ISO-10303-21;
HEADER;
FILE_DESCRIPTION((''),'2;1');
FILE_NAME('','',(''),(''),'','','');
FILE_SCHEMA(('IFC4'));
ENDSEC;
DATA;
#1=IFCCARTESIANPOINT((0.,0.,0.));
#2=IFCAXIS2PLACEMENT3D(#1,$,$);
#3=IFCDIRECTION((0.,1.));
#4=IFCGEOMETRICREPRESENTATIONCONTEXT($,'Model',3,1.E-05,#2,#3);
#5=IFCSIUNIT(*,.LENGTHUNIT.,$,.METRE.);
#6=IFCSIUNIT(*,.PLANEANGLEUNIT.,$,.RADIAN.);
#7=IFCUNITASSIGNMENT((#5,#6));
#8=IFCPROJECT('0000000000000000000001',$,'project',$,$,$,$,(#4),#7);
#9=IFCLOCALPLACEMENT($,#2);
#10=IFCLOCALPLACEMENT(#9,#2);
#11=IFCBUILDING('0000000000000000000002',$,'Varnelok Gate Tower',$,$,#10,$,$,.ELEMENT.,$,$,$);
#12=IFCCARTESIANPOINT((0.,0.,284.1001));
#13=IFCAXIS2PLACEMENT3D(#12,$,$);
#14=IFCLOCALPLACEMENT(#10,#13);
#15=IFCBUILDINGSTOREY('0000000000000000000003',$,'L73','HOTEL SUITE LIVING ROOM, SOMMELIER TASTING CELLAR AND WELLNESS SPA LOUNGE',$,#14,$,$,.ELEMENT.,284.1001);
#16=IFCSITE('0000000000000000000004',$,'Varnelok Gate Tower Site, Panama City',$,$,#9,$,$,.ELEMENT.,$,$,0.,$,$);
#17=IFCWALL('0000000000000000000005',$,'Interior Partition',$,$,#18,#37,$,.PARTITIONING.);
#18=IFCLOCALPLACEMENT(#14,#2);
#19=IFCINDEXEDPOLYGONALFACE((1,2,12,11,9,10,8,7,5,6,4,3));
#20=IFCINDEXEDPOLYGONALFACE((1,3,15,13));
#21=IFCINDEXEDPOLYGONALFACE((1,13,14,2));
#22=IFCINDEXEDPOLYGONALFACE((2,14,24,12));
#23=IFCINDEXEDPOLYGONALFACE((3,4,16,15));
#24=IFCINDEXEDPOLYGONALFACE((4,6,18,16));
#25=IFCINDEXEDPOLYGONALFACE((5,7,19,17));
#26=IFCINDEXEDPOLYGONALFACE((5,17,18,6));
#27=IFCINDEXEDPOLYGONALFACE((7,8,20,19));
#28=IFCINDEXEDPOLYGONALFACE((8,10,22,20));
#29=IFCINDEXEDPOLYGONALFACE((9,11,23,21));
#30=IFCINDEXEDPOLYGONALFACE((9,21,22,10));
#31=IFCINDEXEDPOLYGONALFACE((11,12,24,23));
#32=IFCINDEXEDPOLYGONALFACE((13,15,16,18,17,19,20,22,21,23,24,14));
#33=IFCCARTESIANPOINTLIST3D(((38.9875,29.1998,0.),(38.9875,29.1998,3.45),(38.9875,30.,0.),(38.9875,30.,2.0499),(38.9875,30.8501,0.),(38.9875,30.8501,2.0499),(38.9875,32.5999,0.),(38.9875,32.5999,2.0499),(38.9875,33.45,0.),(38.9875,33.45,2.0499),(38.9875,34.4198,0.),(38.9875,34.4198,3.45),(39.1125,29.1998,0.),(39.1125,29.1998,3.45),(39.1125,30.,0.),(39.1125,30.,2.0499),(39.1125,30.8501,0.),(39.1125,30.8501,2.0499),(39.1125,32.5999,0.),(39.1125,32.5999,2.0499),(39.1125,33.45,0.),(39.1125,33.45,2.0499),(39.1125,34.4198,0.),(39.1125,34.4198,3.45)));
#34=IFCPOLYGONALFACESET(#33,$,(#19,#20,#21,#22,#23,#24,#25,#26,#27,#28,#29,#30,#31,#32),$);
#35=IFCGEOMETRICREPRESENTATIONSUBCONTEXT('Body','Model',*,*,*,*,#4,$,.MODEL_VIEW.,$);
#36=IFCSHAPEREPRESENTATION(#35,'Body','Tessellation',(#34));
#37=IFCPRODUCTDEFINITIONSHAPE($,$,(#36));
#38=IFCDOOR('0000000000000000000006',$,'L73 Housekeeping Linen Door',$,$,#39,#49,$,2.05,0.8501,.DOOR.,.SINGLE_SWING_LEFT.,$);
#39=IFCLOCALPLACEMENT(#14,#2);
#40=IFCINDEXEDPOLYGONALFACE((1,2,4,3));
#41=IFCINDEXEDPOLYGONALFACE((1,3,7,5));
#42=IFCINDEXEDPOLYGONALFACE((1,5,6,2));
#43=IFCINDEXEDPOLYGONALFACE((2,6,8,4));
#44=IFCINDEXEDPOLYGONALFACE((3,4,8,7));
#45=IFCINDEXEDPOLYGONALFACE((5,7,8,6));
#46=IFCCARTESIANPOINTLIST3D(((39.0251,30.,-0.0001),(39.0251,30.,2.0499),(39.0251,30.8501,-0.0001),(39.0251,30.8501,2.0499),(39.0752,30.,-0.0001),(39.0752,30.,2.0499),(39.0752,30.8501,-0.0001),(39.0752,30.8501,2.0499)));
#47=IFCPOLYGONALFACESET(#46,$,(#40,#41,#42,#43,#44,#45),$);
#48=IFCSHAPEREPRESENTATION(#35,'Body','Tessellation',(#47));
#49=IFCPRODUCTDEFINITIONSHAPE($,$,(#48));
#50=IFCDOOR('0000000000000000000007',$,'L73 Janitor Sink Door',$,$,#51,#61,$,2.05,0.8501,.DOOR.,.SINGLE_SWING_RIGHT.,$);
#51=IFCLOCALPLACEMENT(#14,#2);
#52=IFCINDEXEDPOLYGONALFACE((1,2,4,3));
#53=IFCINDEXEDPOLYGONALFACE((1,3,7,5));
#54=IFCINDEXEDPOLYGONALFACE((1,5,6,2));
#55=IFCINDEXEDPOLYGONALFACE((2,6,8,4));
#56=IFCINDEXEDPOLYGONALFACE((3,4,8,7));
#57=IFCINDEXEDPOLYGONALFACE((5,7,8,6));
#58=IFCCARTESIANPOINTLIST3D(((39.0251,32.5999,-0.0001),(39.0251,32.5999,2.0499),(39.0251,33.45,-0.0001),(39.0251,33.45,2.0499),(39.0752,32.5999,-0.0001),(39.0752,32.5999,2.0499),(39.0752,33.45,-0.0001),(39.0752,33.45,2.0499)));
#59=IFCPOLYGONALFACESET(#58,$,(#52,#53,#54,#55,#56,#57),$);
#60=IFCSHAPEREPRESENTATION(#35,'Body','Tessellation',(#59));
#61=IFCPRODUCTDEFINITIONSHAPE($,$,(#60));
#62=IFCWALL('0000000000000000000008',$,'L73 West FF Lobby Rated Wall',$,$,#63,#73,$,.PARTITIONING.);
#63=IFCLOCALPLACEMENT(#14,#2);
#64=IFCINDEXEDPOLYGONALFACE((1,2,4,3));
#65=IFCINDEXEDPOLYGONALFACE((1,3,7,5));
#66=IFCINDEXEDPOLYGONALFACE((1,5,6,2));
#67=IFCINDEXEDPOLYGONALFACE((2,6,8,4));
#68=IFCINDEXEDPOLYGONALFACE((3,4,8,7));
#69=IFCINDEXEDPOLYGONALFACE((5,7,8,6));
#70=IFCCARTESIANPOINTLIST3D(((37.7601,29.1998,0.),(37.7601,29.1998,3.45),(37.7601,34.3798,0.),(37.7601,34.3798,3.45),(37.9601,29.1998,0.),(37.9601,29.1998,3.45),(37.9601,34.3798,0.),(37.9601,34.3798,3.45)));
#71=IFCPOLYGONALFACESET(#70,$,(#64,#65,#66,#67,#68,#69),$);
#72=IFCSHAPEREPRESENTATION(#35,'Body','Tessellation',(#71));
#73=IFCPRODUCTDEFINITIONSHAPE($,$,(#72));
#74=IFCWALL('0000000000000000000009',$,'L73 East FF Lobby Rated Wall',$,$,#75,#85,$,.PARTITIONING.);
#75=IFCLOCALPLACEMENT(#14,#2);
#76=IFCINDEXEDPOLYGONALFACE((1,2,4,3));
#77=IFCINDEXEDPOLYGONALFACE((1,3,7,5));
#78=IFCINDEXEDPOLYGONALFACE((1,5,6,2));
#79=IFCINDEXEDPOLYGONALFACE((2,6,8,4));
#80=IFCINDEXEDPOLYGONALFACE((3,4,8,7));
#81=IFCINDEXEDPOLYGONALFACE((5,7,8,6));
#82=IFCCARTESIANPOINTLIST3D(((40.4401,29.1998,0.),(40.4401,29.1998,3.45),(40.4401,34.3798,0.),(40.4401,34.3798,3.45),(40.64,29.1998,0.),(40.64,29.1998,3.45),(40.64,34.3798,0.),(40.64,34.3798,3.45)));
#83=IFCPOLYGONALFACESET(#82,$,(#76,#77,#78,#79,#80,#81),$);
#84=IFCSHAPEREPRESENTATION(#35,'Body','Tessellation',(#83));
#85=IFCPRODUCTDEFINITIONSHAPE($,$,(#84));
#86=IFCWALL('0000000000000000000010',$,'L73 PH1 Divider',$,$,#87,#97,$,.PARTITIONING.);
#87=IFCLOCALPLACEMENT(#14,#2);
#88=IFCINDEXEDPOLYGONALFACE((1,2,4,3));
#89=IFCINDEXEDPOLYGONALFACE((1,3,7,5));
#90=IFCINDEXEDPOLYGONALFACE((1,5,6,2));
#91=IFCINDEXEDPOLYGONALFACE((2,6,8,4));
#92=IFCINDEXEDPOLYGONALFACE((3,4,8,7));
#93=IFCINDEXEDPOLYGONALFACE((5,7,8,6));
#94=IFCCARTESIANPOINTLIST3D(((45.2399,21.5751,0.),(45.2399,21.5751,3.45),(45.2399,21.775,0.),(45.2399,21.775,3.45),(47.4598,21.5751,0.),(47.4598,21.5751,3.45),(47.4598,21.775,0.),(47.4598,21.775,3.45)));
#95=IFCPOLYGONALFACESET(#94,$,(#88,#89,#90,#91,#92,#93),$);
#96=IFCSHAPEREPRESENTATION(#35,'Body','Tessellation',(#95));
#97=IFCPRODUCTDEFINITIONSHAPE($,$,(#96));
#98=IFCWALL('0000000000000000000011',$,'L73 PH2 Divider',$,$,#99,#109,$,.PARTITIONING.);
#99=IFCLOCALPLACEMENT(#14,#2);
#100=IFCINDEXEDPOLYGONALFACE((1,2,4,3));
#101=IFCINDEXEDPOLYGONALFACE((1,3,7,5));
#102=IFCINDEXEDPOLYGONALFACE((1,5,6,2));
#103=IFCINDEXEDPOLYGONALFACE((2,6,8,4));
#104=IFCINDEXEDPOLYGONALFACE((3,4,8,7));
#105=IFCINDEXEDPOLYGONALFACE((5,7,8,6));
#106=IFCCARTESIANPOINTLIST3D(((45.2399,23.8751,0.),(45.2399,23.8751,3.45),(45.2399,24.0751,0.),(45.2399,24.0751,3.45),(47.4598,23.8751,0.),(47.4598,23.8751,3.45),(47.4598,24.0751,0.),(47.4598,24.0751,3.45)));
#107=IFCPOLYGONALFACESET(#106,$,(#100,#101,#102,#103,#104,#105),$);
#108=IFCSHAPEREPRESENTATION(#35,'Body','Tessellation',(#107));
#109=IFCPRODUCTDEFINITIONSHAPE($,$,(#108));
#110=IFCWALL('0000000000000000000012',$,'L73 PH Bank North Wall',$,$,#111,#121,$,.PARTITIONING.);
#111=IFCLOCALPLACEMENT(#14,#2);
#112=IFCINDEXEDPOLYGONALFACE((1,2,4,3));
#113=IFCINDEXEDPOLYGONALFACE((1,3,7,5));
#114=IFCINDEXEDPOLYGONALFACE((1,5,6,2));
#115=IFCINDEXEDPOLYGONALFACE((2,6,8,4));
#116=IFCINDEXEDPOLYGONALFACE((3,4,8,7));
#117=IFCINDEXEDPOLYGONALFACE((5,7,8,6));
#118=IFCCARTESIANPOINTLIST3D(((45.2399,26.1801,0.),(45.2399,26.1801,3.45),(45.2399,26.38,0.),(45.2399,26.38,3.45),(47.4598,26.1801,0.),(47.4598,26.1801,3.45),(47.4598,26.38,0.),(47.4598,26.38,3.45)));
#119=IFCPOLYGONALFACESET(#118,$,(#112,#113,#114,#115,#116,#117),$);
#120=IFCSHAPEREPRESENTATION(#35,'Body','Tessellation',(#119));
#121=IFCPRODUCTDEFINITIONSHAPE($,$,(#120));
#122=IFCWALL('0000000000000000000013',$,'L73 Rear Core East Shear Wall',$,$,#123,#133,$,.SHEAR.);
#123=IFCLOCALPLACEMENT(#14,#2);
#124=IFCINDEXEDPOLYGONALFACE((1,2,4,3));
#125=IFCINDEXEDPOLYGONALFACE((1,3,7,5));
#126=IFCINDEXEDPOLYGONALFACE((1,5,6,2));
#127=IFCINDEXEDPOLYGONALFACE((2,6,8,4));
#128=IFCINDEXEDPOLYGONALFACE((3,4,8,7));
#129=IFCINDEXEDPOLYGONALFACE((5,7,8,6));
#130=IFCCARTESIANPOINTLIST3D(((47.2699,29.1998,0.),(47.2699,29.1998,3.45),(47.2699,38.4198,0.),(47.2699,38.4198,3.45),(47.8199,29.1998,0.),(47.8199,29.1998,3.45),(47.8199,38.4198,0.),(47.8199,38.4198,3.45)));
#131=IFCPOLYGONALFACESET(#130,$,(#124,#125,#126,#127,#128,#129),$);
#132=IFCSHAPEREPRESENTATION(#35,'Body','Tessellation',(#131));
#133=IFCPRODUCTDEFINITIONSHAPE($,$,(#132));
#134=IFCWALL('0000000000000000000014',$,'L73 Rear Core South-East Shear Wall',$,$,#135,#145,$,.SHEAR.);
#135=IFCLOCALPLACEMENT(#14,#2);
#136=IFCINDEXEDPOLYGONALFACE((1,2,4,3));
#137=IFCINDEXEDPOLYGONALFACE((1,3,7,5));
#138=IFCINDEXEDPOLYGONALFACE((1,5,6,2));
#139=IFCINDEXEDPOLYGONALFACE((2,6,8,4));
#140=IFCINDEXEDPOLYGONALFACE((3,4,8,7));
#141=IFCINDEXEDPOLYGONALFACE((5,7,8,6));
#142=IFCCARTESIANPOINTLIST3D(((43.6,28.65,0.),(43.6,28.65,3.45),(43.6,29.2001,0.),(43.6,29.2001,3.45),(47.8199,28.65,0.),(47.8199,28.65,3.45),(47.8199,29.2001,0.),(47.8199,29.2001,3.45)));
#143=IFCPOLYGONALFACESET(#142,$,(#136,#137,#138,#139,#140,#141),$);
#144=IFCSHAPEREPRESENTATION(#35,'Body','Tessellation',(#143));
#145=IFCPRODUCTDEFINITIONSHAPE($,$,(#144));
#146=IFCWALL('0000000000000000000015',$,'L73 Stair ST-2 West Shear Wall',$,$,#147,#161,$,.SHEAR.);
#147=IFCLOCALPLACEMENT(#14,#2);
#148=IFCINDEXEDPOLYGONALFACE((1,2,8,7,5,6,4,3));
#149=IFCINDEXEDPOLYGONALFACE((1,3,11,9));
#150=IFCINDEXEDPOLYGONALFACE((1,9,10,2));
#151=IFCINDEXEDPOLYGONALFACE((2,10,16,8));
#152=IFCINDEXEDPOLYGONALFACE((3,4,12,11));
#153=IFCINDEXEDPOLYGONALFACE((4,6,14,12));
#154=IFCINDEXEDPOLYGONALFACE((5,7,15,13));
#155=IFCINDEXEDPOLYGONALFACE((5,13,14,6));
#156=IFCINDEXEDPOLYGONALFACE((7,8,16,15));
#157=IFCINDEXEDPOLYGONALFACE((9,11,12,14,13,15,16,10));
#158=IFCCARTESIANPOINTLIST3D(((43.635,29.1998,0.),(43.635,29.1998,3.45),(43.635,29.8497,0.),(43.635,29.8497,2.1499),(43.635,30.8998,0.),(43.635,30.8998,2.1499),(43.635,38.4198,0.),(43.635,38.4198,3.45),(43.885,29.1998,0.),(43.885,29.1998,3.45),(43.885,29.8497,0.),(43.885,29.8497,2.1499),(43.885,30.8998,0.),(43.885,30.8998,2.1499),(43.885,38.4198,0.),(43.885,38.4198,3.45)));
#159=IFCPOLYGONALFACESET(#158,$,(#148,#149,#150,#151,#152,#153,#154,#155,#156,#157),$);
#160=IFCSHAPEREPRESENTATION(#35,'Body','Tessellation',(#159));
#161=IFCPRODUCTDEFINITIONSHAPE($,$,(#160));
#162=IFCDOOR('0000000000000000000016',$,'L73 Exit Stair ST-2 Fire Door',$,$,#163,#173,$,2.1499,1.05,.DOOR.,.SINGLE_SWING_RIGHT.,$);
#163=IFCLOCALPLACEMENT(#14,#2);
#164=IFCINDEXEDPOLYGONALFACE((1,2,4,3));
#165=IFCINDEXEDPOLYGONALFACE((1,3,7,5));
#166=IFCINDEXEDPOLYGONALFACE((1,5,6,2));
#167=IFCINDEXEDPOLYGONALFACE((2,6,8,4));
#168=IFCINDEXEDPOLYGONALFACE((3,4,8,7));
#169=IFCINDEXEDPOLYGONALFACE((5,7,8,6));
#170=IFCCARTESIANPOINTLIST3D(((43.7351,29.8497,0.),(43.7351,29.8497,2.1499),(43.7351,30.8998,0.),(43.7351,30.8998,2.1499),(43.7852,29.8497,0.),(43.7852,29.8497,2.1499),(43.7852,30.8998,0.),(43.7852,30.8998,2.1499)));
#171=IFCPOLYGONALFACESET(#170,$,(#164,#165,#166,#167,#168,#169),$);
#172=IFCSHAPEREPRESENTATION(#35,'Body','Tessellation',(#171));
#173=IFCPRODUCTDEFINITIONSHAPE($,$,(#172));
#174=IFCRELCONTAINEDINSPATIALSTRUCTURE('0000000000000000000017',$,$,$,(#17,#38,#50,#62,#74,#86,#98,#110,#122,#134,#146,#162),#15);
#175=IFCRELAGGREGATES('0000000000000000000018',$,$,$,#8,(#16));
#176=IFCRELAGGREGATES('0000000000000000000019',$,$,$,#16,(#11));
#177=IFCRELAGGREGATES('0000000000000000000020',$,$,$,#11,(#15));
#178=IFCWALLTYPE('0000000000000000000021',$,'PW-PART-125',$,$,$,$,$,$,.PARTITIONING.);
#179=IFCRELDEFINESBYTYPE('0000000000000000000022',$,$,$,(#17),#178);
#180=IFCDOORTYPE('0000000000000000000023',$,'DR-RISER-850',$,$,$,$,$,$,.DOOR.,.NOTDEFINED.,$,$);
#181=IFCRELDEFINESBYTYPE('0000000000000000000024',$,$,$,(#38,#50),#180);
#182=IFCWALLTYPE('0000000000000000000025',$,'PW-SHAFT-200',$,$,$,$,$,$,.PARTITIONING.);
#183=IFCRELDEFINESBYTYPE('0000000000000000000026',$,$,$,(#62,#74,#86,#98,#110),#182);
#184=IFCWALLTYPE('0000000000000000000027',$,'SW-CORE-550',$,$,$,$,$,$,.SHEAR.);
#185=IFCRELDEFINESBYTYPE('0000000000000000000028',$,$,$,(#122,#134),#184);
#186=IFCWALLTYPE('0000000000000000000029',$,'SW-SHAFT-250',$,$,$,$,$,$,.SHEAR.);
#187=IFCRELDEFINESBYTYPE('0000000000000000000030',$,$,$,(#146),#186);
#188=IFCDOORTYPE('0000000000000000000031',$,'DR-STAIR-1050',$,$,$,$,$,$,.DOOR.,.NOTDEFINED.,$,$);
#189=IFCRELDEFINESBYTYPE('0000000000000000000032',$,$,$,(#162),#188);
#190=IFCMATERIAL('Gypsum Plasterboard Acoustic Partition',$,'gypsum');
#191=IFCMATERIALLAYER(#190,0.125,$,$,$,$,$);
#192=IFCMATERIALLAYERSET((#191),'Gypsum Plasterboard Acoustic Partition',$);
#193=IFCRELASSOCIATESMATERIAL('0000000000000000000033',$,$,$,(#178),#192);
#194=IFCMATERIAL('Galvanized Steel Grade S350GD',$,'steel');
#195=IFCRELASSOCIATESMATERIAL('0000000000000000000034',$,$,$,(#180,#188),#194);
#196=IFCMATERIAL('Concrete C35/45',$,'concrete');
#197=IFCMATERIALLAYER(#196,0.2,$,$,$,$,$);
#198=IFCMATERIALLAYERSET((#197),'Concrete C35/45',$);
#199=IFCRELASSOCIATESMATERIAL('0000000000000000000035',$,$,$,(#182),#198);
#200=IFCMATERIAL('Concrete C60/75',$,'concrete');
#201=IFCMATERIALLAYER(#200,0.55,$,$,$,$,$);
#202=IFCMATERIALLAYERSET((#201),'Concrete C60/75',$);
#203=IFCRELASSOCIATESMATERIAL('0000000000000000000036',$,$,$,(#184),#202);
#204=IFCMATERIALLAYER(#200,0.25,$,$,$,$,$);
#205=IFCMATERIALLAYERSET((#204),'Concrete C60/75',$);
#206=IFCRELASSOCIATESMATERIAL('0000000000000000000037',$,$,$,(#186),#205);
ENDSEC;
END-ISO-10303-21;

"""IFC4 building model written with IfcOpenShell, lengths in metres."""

from ifc_helpers import new_model, si_unit, direction, frame, frame_2d, origin, place, context, subcontext, project, spatial, rectangle, extrude, material, layer, layer_set, type_object, element, fill, save


model = new_model("IFC4")

# Units and contexts
model_context = context("Model", 3, precision=1e-05, world=origin(), true_north=direction((0.0, 1.0)))
body_context = subcontext(model_context, "Body", "Model", "MODEL_VIEW")
ifc_project = project(units=[si_unit("LENGTHUNIT", "METRE"), si_unit("PLANEANGLEUNIT", "RADIAN")], contexts=[model_context])

# Site, building, storey
site_placement = place(None, origin())
site = spatial("IfcSite", under=ifc_project, at=site_placement, Name="Varnelok Gate Tower Site, Panama City", CompositionType="ELEMENT", RefElevation=0.0)
building_placement = place(site_placement, origin())
building = spatial("IfcBuilding", under=site, at=building_placement, Name="Varnelok Gate Tower", CompositionType="ELEMENT")
storey_placement = place(building_placement, frame((0.0, 0.0, 284.1001)))
storey = spatial("IfcBuildingStorey", under=building, at=storey_placement, Name="L73", Description="HOTEL SUITE LIVING ROOM, SOMMELIER TASTING CELLAR AND WELLNESS SPA LOUNGE", CompositionType="ELEMENT", Elevation=284.1001)

# Wall, openings, doors
ifc_material_1 = material(Name="Gypsum Plasterboard Acoustic Partition", Category="gypsum")
ifc_layer_1 = layer(ifc_material_1, 0.125)
ifc_layer_set_1 = layer_set([ifc_layer_1], Name="Gypsum Plasterboard Acoustic Partition")
wall_type_1 = type_object("IfcWallType", Name="PW-PART-125", PredefinedType="PARTITIONING", material=ifc_layer_set_1)
wall_1_placement = place(storey_placement, frame((39.05, 29.2, 0.0), z_axis=(0.0, 0.0, 1.0), x_axis=(0.0, 1.0, 0.0)))
wall_1 = element("IfcWall", 1, at=wall_1_placement, inside=storey, type_object=wall_type_1, Name="Interior Partition", PredefinedType="PARTITIONING", context=body_context, shape_type="SweptSolid", body=[
    extrude(rectangle(XDim=5.22, YDim=0.125, at=frame_2d((2.6099, 0.0))), origin(), (0.0, 0.0, 1.0), 3.45),
])
opening_1_placement = place(wall_1_placement, frame((0.8, 0.0, 0.0)))
opening_1 = element("IfcOpeningElement", 2, at=opening_1_placement, cuts=wall_1, PredefinedType="OPENING", context=body_context, shape_type="SweptSolid", body=[
    extrude(rectangle(XDim=0.8501, YDim=2.05, at=frame_2d((0.425, 1.0249))), frame((0.0, 0.0725, 0.0), z_axis=(0.0, -1.0, 0.0), x_axis=(1.0, 0.0, 0.0)), (0.0, 0.0, 1.0), 0.145),
])
opening_2_placement = place(wall_1_placement, frame((3.3999, 0.0, 0.0)))
opening_2 = element("IfcOpeningElement", 3, at=opening_2_placement, cuts=wall_1, PredefinedType="OPENING", context=body_context, shape_type="SweptSolid", body=[
    extrude(rectangle(XDim=0.8501, YDim=2.05, at=frame_2d((0.425, 1.0249))), frame((0.0, 0.0725, 0.0), z_axis=(0.0, -1.0, 0.0), x_axis=(1.0, 0.0, 0.0)), (0.0, 0.0, 1.0), 0.145),
])
ifc_material_2 = material(Name="Galvanized Steel Grade S350GD", Category="steel")
door_type_1 = type_object("IfcDoorType", Name="DR-RISER-850", OperationType="NOTDEFINED", PredefinedType="DOOR", material=ifc_material_2)
door_1_placement = place(opening_1_placement, origin())
door_1 = element("IfcDoor", 4, at=door_1_placement, inside=storey, type_object=door_type_1, Name="L73 Housekeeping Linen Door", OperationType="SINGLE_SWING_LEFT", OverallHeight=2.05, OverallWidth=0.8501, PredefinedType="DOOR", context=body_context, shape_type="SweptSolid", body=[
    extrude(rectangle(XDim=0.8501, YDim=2.05, at=frame_2d((0.425, 1.0249))), frame((0.0, 0.0249, 0.0), z_axis=(0.0, -1.0, 0.0), x_axis=(1.0, 0.0, 0.0)), (0.0, 0.0, 1.0), 0.05),
])
fill(opening_1, door_1)
door_2_placement = place(opening_2_placement, origin())
door_2 = element("IfcDoor", 5, at=door_2_placement, inside=storey, type_object=door_type_1, Name="L73 Janitor Sink Door", OperationType="SINGLE_SWING_RIGHT", OverallHeight=2.05, OverallWidth=0.8501, PredefinedType="DOOR", context=body_context, shape_type="SweptSolid", body=[
    extrude(rectangle(XDim=0.8501, YDim=2.05, at=frame_2d((0.425, 1.0249))), frame((0.0, 0.0249, 0.0), z_axis=(0.0, -1.0, 0.0), x_axis=(1.0, 0.0, 0.0)), (0.0, 0.0, 1.0), 0.05),
])
fill(opening_2, door_2)

# Walls
ifc_material_3 = material(Name="Concrete C35/45", Category="concrete")
ifc_layer_2 = layer(ifc_material_3, 0.2)
ifc_layer_set_2 = layer_set([ifc_layer_2], Name="Concrete C35/45")
wall_type_2 = type_object("IfcWallType", Name="PW-SHAFT-200", PredefinedType="PARTITIONING", material=ifc_layer_set_2)
for number, where, z_axis, x_axis, name in (
    (6, (37.8601, 29.2, 0.0), (0.0, 0.0, 1.0), (0.0, 1.0, 0.0), "L73 West FF Lobby Rated Wall"),
    (7, (40.54, 29.2, 0.0), (0.0, 0.0, 1.0), (0.0, 1.0, 0.0), "L73 East FF Lobby Rated Wall"),
):
    element("IfcWall", number, at=place(storey_placement, frame(where, z_axis=z_axis, x_axis=x_axis)), inside=storey, type_object=wall_type_2, Name=name, PredefinedType="PARTITIONING", context=body_context, shape_type="SweptSolid", body=[
        extrude(rectangle(XDim=5.1799, YDim=0.2, at=frame_2d((2.5898, 0.0))), origin(), (0.0, 0.0, 1.0), 3.45),
    ])
for number, where, z_axis, x_axis, name in (
    (8, (45.24, 21.675, 0.0), (0.0, 0.0, 1.0), (1.0, 0.0, 0.0), "L73 PH1 Divider"),
    (9, (45.24, 23.9751, 0.0), (0.0, 0.0, 1.0), (1.0, 0.0, 0.0), "L73 PH2 Divider"),
    (10, (45.24, 26.28, 0.0), (0.0, 0.0, 1.0), (1.0, 0.0, 0.0), "L73 PH Bank North Wall"),
):
    element("IfcWall", number, at=place(storey_placement, frame(where, z_axis=z_axis, x_axis=x_axis)), inside=storey, type_object=wall_type_2, Name=name, PredefinedType="PARTITIONING", context=body_context, shape_type="SweptSolid", body=[
        extrude(rectangle(XDim=2.22, YDim=0.2, at=frame_2d((1.1099, 0.0))), origin(), (0.0, 0.0, 1.0), 3.45),
    ])

# Walls
ifc_material_4 = material(Name="Concrete C60/75", Category="concrete")
ifc_layer_3 = layer(ifc_material_4, 0.55)
ifc_layer_set_3 = layer_set([ifc_layer_3], Name="Concrete C60/75")
wall_type_3 = type_object("IfcWallType", Name="SW-CORE-550", PredefinedType="SHEAR", material=ifc_layer_set_3)
wall_2_placement = place(storey_placement, frame((47.5449, 29.2, 0.0), z_axis=(0.0, 0.0, 1.0), x_axis=(0.0, 1.0, 0.0)))
element("IfcWall", 11, at=wall_2_placement, inside=storey, type_object=wall_type_3, Name="L73 Rear Core East Shear Wall", PredefinedType="SHEAR", context=body_context, shape_type="SweptSolid", body=[
    extrude(rectangle(XDim=9.22, YDim=0.55, at=frame_2d((4.6099, 0.0))), origin(), (0.0, 0.0, 1.0), 3.45),
])
wall_3_placement = place(storey_placement, frame((43.6001, 28.925, 0.0), z_axis=(0.0, 0.0, 1.0), x_axis=(1.0, 0.0, 0.0)))
element("IfcWall", 12, at=wall_3_placement, inside=storey, type_object=wall_type_3, Name="L73 Rear Core South-East Shear Wall", PredefinedType="SHEAR", context=body_context, shape_type="SweptSolid", body=[
    extrude(rectangle(XDim=4.22, YDim=0.55, at=frame_2d((2.1099, 0.0))), origin(), (0.0, 0.0, 1.0), 3.45),
])

# Wall, opening, door
ifc_layer_4 = layer(ifc_material_4, 0.25)
ifc_layer_set_4 = layer_set([ifc_layer_4], Name="Concrete C60/75")
wall_type_4 = type_object("IfcWallType", Name="SW-SHAFT-250", PredefinedType="SHEAR", material=ifc_layer_set_4)
wall_4_placement = place(storey_placement, frame((43.76, 29.2, 0.0), z_axis=(0.0, 0.0, 1.0), x_axis=(0.0, 1.0, 0.0)))
wall_4 = element("IfcWall", 13, at=wall_4_placement, inside=storey, type_object=wall_type_4, Name="L73 Stair ST-2 West Shear Wall", PredefinedType="SHEAR", context=body_context, shape_type="SweptSolid", body=[
    extrude(rectangle(XDim=9.22, YDim=0.25, at=frame_2d((4.6099, 0.0))), origin(), (0.0, 0.0, 1.0), 3.45),
])
opening_3_placement = place(wall_4_placement, frame((0.6499, 0.0, 0.0)))
opening_3 = element("IfcOpeningElement", 14, at=opening_3_placement, cuts=wall_4, PredefinedType="OPENING", context=body_context, shape_type="SweptSolid", body=[
    extrude(rectangle(XDim=1.05, YDim=2.1499, at=frame_2d((0.5249, 1.075))), frame((0.0, 0.135, 0.0), z_axis=(0.0, -1.0, 0.0), x_axis=(1.0, 0.0, 0.0)), (0.0, 0.0, 1.0), 0.27),
])
door_type_2 = type_object("IfcDoorType", Name="DR-STAIR-1050", OperationType="NOTDEFINED", PredefinedType="DOOR", material=ifc_material_2)
door_3_placement = place(opening_3_placement, origin())
door_3 = element("IfcDoor", 15, at=door_3_placement, inside=storey, type_object=door_type_2, Name="L73 Exit Stair ST-2 Fire Door", OperationType="SINGLE_SWING_RIGHT", OverallHeight=2.1499, OverallWidth=1.05, PredefinedType="DOOR", context=body_context, shape_type="SweptSolid", body=[
    extrude(rectangle(XDim=1.05, YDim=2.1499, at=frame_2d((0.5249, 1.075))), frame((0.0, 0.0249, 0.0), z_axis=(0.0, -1.0, 0.0), x_axis=(1.0, 0.0, 0.0)), (0.0, 0.0, 1.0), 0.05),
])
fill(opening_3, door_3)

save(model, "model.ifc")
